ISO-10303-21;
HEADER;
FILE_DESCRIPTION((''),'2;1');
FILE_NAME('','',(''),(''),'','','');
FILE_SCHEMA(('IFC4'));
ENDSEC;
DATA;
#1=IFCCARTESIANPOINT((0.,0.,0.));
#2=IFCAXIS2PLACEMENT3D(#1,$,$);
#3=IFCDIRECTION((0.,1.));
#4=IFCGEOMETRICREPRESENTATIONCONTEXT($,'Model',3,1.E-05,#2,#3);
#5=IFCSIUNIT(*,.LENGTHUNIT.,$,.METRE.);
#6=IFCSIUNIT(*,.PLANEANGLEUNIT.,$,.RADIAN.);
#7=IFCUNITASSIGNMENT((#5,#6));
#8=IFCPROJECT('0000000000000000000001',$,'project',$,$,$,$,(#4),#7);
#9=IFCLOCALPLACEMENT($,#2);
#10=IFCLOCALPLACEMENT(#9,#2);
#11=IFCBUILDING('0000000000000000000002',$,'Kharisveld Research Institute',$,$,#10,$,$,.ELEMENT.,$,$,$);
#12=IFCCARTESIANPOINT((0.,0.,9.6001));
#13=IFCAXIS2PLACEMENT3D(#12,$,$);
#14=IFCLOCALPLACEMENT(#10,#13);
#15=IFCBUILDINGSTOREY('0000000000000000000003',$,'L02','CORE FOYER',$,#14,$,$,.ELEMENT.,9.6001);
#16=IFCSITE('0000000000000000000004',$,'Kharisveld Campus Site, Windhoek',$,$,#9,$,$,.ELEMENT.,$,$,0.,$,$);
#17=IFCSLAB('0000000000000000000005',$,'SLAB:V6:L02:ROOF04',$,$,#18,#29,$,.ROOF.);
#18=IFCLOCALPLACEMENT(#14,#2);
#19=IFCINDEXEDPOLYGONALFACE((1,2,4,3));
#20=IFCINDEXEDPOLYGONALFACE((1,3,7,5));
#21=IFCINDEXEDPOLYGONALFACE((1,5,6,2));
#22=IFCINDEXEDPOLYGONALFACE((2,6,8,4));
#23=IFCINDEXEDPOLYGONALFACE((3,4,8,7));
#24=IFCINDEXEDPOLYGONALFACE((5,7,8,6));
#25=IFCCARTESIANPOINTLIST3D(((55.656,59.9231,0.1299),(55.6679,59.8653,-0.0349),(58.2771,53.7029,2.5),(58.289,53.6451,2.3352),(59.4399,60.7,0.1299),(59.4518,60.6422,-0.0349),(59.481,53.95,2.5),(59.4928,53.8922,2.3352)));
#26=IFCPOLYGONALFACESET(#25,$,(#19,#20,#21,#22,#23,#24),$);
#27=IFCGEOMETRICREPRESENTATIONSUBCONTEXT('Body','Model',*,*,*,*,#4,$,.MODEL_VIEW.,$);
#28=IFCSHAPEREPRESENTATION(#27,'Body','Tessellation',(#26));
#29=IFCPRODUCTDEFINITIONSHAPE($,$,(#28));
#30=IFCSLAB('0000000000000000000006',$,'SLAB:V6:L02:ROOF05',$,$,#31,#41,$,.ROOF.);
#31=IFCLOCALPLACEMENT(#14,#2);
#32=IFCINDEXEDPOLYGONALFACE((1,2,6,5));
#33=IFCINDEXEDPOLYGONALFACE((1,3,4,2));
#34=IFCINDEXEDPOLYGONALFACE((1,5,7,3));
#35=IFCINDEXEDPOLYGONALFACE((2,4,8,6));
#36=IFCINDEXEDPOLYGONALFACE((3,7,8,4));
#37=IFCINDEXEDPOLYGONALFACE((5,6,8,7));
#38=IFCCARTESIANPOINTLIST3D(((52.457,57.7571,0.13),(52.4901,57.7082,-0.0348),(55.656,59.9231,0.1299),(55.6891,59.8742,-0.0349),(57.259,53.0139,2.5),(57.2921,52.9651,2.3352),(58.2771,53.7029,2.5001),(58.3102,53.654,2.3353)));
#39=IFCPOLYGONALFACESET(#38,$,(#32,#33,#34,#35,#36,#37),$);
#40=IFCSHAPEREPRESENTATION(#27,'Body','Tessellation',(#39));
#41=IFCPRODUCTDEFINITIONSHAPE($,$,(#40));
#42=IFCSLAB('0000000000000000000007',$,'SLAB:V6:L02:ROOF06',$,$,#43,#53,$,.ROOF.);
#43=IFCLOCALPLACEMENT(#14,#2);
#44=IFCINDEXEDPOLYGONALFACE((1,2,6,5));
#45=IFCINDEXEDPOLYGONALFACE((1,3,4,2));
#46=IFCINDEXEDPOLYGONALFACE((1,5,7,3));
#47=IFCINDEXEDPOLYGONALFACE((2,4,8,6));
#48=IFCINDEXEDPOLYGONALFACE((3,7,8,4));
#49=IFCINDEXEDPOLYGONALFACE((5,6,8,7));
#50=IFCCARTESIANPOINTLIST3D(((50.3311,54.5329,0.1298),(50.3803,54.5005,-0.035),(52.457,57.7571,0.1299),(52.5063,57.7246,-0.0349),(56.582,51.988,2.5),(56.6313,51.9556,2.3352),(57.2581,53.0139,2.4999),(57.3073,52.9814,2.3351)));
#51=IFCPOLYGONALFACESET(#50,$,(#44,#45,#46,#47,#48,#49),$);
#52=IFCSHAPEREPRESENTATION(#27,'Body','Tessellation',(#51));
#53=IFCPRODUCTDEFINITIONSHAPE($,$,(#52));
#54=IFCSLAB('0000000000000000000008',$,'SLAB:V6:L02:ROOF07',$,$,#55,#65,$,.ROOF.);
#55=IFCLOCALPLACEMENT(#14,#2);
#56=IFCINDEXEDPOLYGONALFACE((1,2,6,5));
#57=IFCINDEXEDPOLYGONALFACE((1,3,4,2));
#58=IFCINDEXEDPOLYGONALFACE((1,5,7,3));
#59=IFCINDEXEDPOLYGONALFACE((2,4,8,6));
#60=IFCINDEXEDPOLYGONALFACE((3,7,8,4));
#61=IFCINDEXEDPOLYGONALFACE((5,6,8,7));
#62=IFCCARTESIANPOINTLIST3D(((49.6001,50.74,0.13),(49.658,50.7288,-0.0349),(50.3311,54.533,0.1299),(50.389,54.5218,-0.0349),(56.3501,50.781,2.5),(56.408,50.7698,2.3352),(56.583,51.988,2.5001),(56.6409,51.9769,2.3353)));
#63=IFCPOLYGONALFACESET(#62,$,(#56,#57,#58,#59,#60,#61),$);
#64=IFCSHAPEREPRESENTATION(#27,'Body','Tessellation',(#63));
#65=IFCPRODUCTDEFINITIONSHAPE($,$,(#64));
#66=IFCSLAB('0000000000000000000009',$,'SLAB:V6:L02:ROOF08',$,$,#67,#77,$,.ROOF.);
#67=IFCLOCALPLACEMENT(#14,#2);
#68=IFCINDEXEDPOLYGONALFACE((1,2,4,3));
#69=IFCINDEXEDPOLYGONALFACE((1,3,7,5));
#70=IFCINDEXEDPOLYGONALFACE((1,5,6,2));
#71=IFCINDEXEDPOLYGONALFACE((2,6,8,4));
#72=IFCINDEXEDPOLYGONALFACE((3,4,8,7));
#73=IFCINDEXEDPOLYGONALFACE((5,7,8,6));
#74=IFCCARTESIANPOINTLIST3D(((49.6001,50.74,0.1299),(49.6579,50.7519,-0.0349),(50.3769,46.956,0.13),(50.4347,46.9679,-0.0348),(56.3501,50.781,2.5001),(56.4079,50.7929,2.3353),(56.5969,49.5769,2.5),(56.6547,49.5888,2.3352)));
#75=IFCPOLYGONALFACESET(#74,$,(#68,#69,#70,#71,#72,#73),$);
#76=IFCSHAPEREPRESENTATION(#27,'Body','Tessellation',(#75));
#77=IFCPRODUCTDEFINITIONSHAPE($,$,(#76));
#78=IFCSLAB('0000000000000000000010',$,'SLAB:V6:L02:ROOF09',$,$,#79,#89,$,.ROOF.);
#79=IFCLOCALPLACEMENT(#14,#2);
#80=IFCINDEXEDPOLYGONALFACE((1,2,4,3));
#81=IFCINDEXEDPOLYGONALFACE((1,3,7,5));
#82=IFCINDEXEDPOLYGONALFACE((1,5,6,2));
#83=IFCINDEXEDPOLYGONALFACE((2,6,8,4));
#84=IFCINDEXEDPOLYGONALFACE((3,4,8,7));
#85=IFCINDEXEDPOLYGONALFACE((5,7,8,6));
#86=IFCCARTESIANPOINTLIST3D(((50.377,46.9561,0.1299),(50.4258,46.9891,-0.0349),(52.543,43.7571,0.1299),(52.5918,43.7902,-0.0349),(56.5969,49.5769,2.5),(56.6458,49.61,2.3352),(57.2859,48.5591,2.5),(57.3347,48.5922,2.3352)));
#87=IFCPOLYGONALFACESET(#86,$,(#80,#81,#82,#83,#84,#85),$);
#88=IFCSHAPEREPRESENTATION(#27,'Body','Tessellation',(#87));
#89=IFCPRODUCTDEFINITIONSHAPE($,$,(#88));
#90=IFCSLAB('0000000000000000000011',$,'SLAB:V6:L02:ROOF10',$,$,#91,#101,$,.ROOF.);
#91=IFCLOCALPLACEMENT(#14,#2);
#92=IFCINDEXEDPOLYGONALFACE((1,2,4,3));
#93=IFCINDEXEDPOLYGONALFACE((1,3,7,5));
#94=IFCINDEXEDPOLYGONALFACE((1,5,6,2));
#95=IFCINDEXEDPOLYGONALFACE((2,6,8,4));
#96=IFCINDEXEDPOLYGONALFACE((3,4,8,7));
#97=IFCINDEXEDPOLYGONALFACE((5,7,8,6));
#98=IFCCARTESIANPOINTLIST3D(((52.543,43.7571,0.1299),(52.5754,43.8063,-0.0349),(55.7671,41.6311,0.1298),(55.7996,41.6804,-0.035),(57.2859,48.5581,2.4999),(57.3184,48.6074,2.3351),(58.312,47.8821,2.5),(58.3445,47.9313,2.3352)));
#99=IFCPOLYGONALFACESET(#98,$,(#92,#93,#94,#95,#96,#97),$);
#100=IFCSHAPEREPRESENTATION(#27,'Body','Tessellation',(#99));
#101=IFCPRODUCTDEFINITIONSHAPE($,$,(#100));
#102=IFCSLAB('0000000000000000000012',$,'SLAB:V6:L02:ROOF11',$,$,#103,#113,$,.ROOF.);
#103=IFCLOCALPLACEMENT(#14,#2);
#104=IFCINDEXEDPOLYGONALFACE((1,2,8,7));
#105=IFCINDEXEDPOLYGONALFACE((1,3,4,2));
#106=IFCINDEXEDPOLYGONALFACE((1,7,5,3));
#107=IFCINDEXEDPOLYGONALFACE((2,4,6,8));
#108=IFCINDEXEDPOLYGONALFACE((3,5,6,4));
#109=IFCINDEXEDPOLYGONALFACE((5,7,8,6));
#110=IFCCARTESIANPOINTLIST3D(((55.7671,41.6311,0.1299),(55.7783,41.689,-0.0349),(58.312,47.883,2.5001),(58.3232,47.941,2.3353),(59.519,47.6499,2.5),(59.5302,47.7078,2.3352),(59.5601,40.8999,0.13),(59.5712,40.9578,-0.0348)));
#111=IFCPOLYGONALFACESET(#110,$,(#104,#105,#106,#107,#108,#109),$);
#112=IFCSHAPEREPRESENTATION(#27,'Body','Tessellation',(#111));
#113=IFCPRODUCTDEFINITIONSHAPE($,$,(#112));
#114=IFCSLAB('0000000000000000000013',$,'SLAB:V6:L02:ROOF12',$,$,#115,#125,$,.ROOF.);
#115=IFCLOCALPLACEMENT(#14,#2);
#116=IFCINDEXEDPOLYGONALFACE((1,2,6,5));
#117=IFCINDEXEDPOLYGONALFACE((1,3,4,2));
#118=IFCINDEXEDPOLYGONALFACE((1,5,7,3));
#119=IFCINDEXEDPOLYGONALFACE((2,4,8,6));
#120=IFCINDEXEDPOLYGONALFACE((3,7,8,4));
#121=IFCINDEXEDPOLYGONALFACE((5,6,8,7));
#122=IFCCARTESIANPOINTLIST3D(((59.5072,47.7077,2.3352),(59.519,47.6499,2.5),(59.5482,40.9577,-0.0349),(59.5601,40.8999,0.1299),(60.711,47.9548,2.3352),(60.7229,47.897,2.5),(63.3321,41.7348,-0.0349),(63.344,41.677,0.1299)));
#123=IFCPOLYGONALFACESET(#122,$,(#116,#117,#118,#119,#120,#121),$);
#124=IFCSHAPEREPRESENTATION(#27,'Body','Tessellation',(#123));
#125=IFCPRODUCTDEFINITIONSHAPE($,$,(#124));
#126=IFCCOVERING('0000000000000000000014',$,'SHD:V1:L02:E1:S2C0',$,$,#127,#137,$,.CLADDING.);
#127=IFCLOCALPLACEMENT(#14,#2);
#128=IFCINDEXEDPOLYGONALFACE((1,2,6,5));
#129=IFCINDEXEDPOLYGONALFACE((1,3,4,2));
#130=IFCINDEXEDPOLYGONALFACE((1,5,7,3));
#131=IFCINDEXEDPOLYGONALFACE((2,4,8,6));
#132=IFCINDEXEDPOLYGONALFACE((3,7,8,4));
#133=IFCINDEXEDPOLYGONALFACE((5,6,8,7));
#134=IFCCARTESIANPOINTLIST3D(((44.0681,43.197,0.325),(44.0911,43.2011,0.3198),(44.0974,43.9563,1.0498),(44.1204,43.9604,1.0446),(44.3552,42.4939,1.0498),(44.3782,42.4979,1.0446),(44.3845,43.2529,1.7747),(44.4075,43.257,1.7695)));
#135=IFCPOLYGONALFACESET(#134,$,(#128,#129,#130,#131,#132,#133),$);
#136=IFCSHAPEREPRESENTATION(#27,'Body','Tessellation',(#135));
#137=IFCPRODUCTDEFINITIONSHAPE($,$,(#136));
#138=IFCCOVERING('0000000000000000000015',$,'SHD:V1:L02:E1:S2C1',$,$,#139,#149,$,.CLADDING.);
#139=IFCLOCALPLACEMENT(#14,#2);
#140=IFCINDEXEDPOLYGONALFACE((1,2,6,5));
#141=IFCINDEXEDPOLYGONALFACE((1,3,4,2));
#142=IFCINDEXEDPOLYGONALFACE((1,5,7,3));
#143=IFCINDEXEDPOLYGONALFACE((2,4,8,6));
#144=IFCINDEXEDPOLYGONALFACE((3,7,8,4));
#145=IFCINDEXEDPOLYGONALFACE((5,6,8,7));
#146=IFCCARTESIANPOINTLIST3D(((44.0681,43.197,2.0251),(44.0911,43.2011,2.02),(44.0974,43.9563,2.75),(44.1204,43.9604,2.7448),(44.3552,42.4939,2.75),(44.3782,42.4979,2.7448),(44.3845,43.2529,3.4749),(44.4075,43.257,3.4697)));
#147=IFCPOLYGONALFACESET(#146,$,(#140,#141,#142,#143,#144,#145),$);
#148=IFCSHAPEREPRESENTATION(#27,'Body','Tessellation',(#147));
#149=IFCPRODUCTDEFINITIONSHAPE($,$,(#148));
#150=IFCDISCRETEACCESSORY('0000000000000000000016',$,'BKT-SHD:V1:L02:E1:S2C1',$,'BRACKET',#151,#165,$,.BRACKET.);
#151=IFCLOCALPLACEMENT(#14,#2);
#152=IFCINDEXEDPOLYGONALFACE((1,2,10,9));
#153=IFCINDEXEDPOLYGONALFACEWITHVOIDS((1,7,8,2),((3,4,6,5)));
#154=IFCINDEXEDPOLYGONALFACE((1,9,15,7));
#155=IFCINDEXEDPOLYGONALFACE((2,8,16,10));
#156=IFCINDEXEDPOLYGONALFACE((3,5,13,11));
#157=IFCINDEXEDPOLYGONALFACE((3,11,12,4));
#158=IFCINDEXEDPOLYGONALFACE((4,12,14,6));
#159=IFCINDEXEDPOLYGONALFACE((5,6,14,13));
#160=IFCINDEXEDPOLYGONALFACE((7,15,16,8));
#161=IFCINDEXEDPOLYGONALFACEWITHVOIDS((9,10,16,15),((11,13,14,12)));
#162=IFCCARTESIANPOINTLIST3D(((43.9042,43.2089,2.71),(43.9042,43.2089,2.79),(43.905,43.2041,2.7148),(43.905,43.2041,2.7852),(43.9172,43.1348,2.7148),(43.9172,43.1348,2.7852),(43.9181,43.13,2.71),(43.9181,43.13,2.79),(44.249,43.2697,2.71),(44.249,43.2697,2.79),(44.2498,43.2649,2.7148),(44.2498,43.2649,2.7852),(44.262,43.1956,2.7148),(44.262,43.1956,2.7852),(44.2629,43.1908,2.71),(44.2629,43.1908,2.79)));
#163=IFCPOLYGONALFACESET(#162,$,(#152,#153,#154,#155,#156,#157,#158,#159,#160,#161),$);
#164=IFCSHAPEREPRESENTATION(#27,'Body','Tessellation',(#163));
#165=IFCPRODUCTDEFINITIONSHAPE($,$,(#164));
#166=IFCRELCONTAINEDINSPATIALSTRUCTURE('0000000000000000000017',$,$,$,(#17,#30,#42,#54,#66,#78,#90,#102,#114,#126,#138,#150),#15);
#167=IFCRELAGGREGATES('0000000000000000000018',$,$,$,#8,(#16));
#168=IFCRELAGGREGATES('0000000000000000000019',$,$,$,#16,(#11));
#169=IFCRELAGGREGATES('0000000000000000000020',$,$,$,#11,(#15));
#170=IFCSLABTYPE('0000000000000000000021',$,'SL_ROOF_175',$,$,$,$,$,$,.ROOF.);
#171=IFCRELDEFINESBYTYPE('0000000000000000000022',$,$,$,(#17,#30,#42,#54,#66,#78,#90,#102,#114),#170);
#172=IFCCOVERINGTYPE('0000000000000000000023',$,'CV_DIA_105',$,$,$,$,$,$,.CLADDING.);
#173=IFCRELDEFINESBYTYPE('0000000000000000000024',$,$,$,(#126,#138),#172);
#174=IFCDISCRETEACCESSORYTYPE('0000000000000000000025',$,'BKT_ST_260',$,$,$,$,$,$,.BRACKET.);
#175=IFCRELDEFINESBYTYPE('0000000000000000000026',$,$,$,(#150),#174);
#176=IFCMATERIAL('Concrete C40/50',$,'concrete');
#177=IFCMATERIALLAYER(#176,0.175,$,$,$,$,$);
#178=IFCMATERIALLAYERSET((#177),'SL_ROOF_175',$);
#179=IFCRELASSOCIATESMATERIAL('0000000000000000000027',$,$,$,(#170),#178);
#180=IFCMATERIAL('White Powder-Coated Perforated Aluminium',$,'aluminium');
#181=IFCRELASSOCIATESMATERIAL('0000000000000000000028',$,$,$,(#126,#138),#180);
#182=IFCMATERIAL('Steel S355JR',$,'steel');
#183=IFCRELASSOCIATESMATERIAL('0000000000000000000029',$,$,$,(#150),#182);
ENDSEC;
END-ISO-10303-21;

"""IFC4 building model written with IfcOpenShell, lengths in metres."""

from ifc_helpers import new_model, si_unit, direction, frame, origin, origin_2d, place, context, subcontext, project, spatial, polyline, hollow_rectangle, outline, extrude, material, layer, layer_set, type_object, element, save


model = new_model("IFC4")

# Units and contexts
model_context = context("Model", 3, precision=1e-05, world=origin(), true_north=direction((0.0, 1.0)))
body_context = subcontext(model_context, "Body", "Model", "MODEL_VIEW")
ifc_project = project(units=[si_unit("LENGTHUNIT", "METRE"), si_unit("PLANEANGLEUNIT", "RADIAN")], contexts=[model_context])

# Site, building, storey
site_placement = place(None, origin())
site = spatial("IfcSite", under=ifc_project, at=site_placement, Name="Kharisveld Campus Site, Windhoek", CompositionType="ELEMENT", RefElevation=0.0)
building_placement = place(site_placement, origin())
building = spatial("IfcBuilding", under=site, at=building_placement, Name="Kharisveld Research Institute", CompositionType="ELEMENT")
storey_placement = place(building_placement, frame((0.0, 0.0, 9.6001)))
storey = spatial("IfcBuildingStorey", under=building, at=storey_placement, Name="L02", Description="CORE FOYER", CompositionType="ELEMENT", Elevation=9.6001)

# Slabs
ifc_material_1 = material(Name="Concrete C40/50", Category="concrete")
ifc_layer = layer(ifc_material_1, 0.175)
ifc_layer_set = layer_set([ifc_layer], Name="SL_ROOF_175")
slab_type = type_object("IfcSlabType", Name="SL_ROOF_175", PredefinedType="ROOF", material=ifc_layer_set)
slab_1_placement = place(storey_placement, frame((59.4399, 60.7, 0.1299), z_axis=(-0.06778, 0.330173, 0.941484), x_axis=(-0.979569, -0.201107, 0.000005)))
element("IfcSlab", 1, at=slab_1_placement, inside=storey, type_object=slab_type, Name="SLAB:V6:L02:ROOF04", PredefinedType="ROOF", context=body_context, shape_type="SweptSolid", body=[
    extrude(outline(polyline([(0.0, 0.0), (3.8629, 0.0), (2.5463, 7.0317), (1.3173, 7.0318), (0.0, 0.0)])), origin(), (0.0, 0.0, -1.0), 0.175),
])
slab_2_placement = place(storey_placement, frame((55.656, 59.9231, 0.1299), z_axis=(-0.188968, 0.279121, 0.941479), x_axis=(-0.828046, -0.56066, 0.000019)))
element("IfcSlab", 2, at=slab_2_placement, inside=storey, type_object=slab_type, Name="SLAB:V6:L02:ROOF05", PredefinedType="ROOF", context=body_context, shape_type="SweptSolid", body=[
    extrude(outline(polyline([(0.0, 0.0), (3.8633, 0.0), (2.5464, 7.0314), (1.3171, 7.0316), (0.0, 0.0)])), origin(), (0.0, 0.0, -1.0), 0.175),
])
slab_3_placement = place(storey_placement, frame((52.457, 57.7571, 0.1299), z_axis=(-0.281439, 0.185551, 0.941468), x_axis=(-0.550485, -0.834845, -0.000023)))
element("IfcSlab", 3, at=slab_3_placement, inside=storey, type_object=slab_type, Name="SLAB:V6:L02:ROOF06", PredefinedType="ROOF", context=body_context, shape_type="SweptSolid", body=[
    extrude(outline(polyline([(0.0, 0.0), (3.862, 0.0), (2.5455, 7.031), (1.3169, 7.0307), (0.0, 0.0)])), origin(), (0.0, 0.0, -1.0), 0.175),
])
slab_4_placement = place(storey_placement, frame((50.3311, 54.533, 0.1299), z_axis=(-0.330959, 0.0638, 0.941486), x_axis=(-0.189238, -0.981931, 0.000018)))
element("IfcSlab", 4, at=slab_4_placement, inside=storey, type_object=slab_type, Name="SLAB:V6:L02:ROOF07", PredefinedType="ROOF", context=body_context, shape_type="SweptSolid", body=[
    extrude(outline(polyline([(0.0, 0.0), (3.8628, 0.0), (2.5452, 7.0318), (1.3159, 7.032), (0.0, 0.0)])), origin(), (0.0, 0.0, -1.0), 0.175),
])
slab_5_placement = place(storey_placement, frame((49.6001, 50.74, 0.1299), z_axis=(-0.330183, -0.067763, 0.941481), x_axis=(0.201101, -0.979571, 0.000023)))
element("IfcSlab", 5, at=slab_5_placement, inside=storey, type_object=slab_type, Name="SLAB:V6:L02:ROOF08", PredefinedType="ROOF", context=body_context, shape_type="SweptSolid", body=[
    extrude(outline(polyline([(0.0, 0.0), (3.8629, 0.0), (2.5464, 7.0315), (1.3173, 7.0318), (0.0, 0.0)])), origin(), (0.0, 0.0, -1.0), 0.175),
])
slab_6_placement = place(storey_placement, frame((50.377, 46.9561, 0.1299), z_axis=(-0.279126, -0.188982, 0.941475), x_axis=(0.560662, -0.828045, 0.00001)))
element("IfcSlab", 6, at=slab_6_placement, inside=storey, type_object=slab_type, Name="SLAB:V6:L02:ROOF09", PredefinedType="ROOF", context=body_context, shape_type="SweptSolid", body=[
    extrude(outline(polyline([(0.0, 0.0), (3.8633, 0.0), (2.5462, 7.0312), (1.3171, 7.0313), (0.0, 0.0)])), origin(), (0.0, 0.0, -1.0), 0.175),
])
slab_7_placement = place(storey_placement, frame((52.543, 43.7571, 0.1299), z_axis=(-0.185546, -0.281447, 0.941467), x_axis=(0.834847, -0.550482, -0.000031)))
element("IfcSlab", 7, at=slab_7_placement, inside=storey, type_object=slab_type, Name="SLAB:V6:L02:ROOF10", PredefinedType="ROOF", context=body_context, shape_type="SweptSolid", body=[
    extrude(outline(polyline([(0.0, 0.0), (3.862, 0.0), (2.5455, 7.031), (1.3167, 7.0306), (0.0, 0.0)])), origin(), (0.0, 0.0, -1.0), 0.175),
])
slab_8_placement = place(storey_placement, frame((55.7671, 41.6311, 0.1299), z_axis=(-0.063831, -0.330953, 0.941486), x_axis=(0.981919, -0.189303, 0.000028)))
element("IfcSlab", 8, at=slab_8_placement, inside=storey, type_object=slab_type, Name="SLAB:V6:L02:ROOF11", PredefinedType="ROOF", context=body_context, shape_type="SweptSolid", body=[
    extrude(outline(polyline([(0.0, 0.0), (3.8628, 0.0), (2.5448, 7.0317), (1.3155, 7.0321), (0.0, 0.0)])), origin(), (0.0, 0.0, -1.0), 0.175),
])
slab_9_placement = place(storey_placement, frame((59.5601, 40.8999, 0.1299), z_axis=(0.067797, -0.330175, 0.941482), x_axis=(0.979557, 0.201166, 0.00001)))
element("IfcSlab", 9, at=slab_9_placement, inside=storey, type_object=slab_type, Name="SLAB:V6:L02:ROOF12", PredefinedType="ROOF", context=body_context, shape_type="SweptSolid", body=[
    extrude(outline(polyline([(0.0, 0.0), (3.8629, 0.0), (2.5467, 7.0316), (1.3177, 7.0317), (0.0, 0.0)])), origin(), (0.0, 0.0, -1.0), 0.175),
])

# Coverings
ifc_material_2 = material(Name="White Powder-Coated Perforated Aluminium", Category="aluminium")
covering_type = type_object("IfcCoveringType", Name="CV_DIA_105", PredefinedType="CLADDING")
for number, where, z_axis, x_axis, name in (
    (10, (44.0681, 43.197, 0.325), (-0.961481, -0.169503, 0.216385), (0.273452, -0.669728, 0.690426), "SHD:V1:L02:E1:S2C0"),
    (11, (44.0681, 43.197, 2.0251), (-0.961481, -0.169503, 0.216385), (0.273452, -0.669728, 0.690426), "SHD:V1:L02:E1:S2C1"),
):
    element("IfcCovering", number, at=place(storey_placement, frame(where, z_axis=z_axis, x_axis=x_axis)), inside=storey, type_object=covering_type, material=ifc_material_2, Name=name, PredefinedType="CLADDING", context=body_context, shape_type="SweptSolid", body=[
        extrude(outline(polyline([(0.0, 0.0), (1.0499, 0.0), (1.05, 1.05), (0.0, 1.0501), (0.0, 0.0)])), origin(), (0.0, 0.0, -1.0), 0.0239),
    ])

# Discrete accessory
ifc_material_3 = material(Name="Steel S355JR", Category="steel")
discrete_accessory_type = type_object("IfcDiscreteAccessoryType", Name="BKT_ST_260", PredefinedType="BRACKET")
discrete_accessory_placement = place(storey_placement, frame((43.9111, 43.1694, 2.75), z_axis=(0.984805, 0.173666, 0.0), x_axis=(-0.173666, 0.984805, 0.0)))
element("IfcDiscreteAccessory", 12, at=discrete_accessory_placement, inside=storey, type_object=discrete_accessory_type, material=ifc_material_3, Name="BKT-SHD:V1:L02:E1:S2C1", ObjectType="BRACKET", PredefinedType="BRACKET", context=body_context, shape_type="SweptSolid", body=[
    extrude(hollow_rectangle(XDim=0.0801, YDim=0.0801, WallThickness=0.0049, at=origin_2d()), origin(), (0.0, 0.0, 1.0), 0.3501),
])

save(model, "model.ifc")
